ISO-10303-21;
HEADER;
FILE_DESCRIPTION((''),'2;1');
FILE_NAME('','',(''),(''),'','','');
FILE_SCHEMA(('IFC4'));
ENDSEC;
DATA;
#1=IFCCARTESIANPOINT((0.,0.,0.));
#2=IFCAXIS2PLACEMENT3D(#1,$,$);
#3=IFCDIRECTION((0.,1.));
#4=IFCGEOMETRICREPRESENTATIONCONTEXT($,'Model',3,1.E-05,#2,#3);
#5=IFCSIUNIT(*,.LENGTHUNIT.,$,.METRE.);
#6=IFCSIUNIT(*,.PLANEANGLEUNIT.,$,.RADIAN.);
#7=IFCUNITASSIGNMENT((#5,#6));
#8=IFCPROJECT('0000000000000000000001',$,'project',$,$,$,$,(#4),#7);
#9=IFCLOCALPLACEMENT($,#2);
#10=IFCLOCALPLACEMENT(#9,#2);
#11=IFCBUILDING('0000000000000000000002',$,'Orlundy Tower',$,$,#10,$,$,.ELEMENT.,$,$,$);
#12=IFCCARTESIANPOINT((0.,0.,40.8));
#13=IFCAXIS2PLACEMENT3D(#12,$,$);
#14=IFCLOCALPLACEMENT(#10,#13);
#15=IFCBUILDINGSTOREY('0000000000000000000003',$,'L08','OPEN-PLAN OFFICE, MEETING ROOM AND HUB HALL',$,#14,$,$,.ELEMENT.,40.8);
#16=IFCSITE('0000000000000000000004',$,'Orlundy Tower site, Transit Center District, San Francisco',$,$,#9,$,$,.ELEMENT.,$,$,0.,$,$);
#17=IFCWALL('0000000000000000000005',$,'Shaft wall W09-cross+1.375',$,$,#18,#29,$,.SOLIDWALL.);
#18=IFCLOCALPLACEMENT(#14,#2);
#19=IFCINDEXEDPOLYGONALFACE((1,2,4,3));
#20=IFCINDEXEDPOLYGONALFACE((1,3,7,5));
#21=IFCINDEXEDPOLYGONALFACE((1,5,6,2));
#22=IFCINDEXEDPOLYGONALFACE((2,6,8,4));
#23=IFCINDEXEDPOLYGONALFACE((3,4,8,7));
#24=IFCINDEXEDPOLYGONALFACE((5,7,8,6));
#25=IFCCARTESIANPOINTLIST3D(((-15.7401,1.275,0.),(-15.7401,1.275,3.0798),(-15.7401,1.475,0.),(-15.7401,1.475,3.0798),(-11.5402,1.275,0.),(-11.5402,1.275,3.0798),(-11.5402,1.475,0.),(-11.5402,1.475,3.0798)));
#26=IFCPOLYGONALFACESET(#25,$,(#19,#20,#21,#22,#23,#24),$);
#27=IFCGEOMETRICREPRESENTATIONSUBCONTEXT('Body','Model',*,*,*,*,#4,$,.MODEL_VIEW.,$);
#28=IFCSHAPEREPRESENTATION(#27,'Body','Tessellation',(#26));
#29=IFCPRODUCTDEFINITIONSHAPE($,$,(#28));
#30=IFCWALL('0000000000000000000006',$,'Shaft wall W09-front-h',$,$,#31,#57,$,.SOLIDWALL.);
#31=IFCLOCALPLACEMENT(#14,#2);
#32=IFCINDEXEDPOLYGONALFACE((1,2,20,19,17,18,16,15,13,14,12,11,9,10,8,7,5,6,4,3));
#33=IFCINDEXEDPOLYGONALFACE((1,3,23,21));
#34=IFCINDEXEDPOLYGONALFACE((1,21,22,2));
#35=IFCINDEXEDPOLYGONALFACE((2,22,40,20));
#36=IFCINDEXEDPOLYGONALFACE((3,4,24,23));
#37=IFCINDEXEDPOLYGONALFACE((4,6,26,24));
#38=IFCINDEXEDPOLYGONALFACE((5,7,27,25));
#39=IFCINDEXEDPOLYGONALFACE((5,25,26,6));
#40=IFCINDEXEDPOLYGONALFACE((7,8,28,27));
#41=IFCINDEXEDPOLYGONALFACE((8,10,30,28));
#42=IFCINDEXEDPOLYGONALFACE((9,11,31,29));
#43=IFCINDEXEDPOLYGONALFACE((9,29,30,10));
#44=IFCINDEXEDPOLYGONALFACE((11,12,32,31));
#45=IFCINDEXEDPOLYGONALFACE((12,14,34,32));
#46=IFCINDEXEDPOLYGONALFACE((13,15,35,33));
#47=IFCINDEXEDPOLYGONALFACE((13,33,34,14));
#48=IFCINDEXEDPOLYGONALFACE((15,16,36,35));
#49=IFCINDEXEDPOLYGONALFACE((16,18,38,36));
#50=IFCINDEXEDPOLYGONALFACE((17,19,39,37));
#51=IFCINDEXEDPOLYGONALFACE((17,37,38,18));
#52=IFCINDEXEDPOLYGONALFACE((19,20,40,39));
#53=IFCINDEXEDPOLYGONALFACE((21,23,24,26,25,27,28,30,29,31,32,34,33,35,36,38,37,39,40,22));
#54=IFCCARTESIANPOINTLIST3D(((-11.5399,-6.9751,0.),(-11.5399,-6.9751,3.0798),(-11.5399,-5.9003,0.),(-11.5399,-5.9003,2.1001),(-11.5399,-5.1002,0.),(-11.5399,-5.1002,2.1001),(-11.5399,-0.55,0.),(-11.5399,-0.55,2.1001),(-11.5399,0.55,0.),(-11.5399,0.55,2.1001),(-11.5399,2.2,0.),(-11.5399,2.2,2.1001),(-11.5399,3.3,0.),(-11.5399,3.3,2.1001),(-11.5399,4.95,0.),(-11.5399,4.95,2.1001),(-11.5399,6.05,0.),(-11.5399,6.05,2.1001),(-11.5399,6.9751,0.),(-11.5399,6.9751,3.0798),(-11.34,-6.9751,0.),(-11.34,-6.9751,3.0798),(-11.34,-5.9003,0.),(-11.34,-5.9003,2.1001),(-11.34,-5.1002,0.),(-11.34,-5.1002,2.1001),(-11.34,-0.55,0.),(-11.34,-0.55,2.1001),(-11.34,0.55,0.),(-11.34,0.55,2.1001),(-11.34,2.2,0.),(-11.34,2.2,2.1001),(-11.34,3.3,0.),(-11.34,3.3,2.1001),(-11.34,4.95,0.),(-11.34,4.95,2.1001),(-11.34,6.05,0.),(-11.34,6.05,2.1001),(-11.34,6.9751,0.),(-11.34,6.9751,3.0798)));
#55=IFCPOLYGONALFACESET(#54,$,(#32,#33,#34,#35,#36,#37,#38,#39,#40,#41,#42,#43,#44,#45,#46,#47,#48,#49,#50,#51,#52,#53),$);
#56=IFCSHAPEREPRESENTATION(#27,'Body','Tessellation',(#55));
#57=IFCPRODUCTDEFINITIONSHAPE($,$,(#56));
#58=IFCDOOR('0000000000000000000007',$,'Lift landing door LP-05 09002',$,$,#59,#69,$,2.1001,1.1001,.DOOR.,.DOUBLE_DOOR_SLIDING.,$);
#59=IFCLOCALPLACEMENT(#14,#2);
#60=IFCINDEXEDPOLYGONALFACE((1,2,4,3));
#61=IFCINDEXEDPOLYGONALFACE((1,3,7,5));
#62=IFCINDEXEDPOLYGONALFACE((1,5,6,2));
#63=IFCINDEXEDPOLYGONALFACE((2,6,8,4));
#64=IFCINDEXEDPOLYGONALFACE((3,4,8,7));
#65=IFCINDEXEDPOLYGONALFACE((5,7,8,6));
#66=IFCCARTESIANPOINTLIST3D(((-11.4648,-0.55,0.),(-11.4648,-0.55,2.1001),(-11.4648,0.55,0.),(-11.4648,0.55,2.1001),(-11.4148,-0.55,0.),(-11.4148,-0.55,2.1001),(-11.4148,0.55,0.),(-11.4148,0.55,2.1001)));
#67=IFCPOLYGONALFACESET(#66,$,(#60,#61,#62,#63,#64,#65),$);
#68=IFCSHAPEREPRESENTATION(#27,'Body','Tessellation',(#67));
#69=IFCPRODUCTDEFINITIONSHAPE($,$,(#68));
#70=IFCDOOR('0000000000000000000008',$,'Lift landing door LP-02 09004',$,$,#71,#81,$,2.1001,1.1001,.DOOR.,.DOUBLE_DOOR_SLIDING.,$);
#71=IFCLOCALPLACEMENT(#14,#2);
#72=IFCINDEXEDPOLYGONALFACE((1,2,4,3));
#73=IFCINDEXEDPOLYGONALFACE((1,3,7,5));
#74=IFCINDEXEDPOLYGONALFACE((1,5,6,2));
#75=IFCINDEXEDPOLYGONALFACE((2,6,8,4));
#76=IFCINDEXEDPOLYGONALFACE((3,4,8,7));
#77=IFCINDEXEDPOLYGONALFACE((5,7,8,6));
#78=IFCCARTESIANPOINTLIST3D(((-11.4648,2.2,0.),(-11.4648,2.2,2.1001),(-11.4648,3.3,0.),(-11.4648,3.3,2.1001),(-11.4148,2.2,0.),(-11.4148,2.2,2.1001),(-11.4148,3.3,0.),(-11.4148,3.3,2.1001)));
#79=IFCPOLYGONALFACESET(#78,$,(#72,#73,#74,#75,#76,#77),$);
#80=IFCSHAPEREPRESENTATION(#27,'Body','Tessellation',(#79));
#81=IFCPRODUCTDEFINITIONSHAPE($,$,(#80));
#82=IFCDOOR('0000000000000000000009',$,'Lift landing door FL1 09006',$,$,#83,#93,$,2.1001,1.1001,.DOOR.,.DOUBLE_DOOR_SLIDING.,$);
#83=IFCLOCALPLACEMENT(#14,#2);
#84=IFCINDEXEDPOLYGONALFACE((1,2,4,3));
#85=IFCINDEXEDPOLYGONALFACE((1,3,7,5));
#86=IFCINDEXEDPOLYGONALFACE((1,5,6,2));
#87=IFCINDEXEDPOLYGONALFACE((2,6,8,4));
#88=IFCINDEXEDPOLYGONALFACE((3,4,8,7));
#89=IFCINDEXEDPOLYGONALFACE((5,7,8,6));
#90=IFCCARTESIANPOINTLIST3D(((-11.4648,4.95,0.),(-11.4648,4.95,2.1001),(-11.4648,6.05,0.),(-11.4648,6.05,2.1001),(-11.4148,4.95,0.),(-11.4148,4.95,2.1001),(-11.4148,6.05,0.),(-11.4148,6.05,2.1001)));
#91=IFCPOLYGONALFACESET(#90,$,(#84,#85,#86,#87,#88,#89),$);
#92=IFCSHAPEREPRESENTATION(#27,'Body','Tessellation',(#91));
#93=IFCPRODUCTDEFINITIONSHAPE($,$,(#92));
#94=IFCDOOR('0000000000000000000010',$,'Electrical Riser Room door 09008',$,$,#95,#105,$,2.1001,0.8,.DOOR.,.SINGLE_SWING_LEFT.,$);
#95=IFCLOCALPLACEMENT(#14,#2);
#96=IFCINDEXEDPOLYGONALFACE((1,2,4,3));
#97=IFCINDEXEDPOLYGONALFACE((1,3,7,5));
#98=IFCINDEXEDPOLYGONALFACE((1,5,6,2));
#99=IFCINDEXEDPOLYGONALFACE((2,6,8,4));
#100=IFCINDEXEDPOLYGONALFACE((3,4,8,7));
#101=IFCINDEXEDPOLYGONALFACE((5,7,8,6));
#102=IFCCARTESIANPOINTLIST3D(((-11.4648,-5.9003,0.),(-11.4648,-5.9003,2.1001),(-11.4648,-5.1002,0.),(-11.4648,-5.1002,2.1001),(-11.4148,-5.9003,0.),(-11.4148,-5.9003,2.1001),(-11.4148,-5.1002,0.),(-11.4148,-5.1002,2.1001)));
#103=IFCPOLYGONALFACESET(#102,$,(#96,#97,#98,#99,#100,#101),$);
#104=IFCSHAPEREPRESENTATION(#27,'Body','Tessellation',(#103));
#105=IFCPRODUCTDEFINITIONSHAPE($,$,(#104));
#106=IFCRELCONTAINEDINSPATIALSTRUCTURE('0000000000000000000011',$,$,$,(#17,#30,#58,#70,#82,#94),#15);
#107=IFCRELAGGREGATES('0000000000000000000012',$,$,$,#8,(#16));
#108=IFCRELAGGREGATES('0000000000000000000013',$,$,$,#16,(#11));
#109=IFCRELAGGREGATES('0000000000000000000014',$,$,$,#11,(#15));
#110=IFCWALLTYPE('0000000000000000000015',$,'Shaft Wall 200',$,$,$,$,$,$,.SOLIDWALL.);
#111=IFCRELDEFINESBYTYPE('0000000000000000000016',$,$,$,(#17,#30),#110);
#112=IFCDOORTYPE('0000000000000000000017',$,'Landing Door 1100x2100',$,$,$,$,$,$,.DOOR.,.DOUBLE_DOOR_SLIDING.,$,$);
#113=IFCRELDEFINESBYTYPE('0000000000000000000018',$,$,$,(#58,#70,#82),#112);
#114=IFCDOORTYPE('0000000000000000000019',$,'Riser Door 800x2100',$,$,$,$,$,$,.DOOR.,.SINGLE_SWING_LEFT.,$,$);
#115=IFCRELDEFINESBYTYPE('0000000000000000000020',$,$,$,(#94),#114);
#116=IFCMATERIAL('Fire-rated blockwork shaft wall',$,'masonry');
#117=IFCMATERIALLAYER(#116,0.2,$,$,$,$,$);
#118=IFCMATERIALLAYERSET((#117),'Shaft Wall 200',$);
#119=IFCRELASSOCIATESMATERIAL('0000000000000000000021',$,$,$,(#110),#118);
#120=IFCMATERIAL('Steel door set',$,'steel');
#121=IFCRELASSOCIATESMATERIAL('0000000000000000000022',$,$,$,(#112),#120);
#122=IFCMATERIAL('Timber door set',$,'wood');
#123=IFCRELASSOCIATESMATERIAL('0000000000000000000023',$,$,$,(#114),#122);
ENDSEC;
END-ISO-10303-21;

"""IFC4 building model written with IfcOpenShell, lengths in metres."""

from ifc_helpers import new_model, si_unit, direction, frame, frame_2d, origin, place, context, subcontext, project, spatial, rectangle, extrude, material, layer, layer_set, type_object, element, fill, save


model = new_model("IFC4")

# Units and contexts
model_context = context("Model", 3, precision=1e-05, world=origin(), true_north=direction((0.0, 1.0)))
body_context = subcontext(model_context, "Body", "Model", "MODEL_VIEW")
ifc_project = project(units=[si_unit("LENGTHUNIT", "METRE"), si_unit("PLANEANGLEUNIT", "RADIAN")], contexts=[model_context])

# Site, building, storey
site_placement = place(None, origin())
site = spatial("IfcSite", under=ifc_project, at=site_placement, Name="Orlundy Tower site, Transit Center District, San Francisco", CompositionType="ELEMENT", RefElevation=0.0)
building_placement = place(site_placement, origin())
building = spatial("IfcBuilding", under=site, at=building_placement, Name="Orlundy Tower", CompositionType="ELEMENT")
storey_placement = place(building_placement, frame((0.0, 0.0, 40.8)))
storey = spatial("IfcBuildingStorey", under=building, at=storey_placement, Name="L08", Description="OPEN-PLAN OFFICE, MEETING ROOM AND HUB HALL", CompositionType="ELEMENT", Elevation=40.8)

# Wall
ifc_material_1 = material(Name="Fire-rated blockwork shaft wall", Category="masonry")
ifc_layer_1 = layer(ifc_material_1, 0.2)
ifc_layer_set_1 = layer_set([ifc_layer_1], Name="Shaft Wall 200")
wall_type_1 = type_object("IfcWallType", Name="Shaft Wall 200", PredefinedType="SOLIDWALL", material=ifc_layer_set_1)
wall_1_placement = place(storey_placement, frame((-11.54, 1.375, 0.0), z_axis=(0.0, 0.0, 1.0), x_axis=(-1.0, 0.0, 0.0)))
element("IfcWall", 1, at=wall_1_placement, inside=storey, type_object=wall_type_1, Name="Shaft wall W09-cross+1.375", PredefinedType="SOLIDWALL", context=body_context, shape_type="SweptSolid", body=[
    extrude(rectangle(XDim=4.2, YDim=0.2, at=frame_2d((2.1001, 0.0))), origin(), (0.0, 0.0, 1.0), 3.0798),
])

# Wall, openings, doors
wall_2_placement = place(storey_placement, frame((-11.4399, -6.9751, 0.0), z_axis=(0.0, 0.0, 1.0), x_axis=(0.0, 1.0, 0.0)))
wall_2 = element("IfcWall", 2, at=wall_2_placement, inside=storey, type_object=wall_type_1, Name="Shaft wall W09-front-h", PredefinedType="SOLIDWALL", context=body_context, shape_type="SweptSolid", body=[
    extrude(rectangle(XDim=13.9502, YDim=0.2, at=frame_2d((6.9751, 0.0))), origin(), (0.0, 0.0, 1.0), 3.0798),
])
opening_1_placement = place(wall_2_placement, frame((6.425, 0.0, 0.0)))
opening_1 = element("IfcOpeningElement", 3, at=opening_1_placement, cuts=wall_2, PredefinedType="OPENING", context=body_context, shape_type="SweptSolid", body=[
    extrude(rectangle(XDim=1.1001, YDim=2.1001, at=frame_2d((0.55, 1.05))), frame((0.0, 0.1101, 0.0), z_axis=(0.0, -1.0, 0.0), x_axis=(1.0, 0.0, 0.0)), (0.0, 0.0, 1.0), 0.2202),
])
opening_2_placement = place(wall_2_placement, frame((9.175, 0.0, 0.0)))
opening_2 = element("IfcOpeningElement", 4, at=opening_2_placement, cuts=wall_2, PredefinedType="OPENING", context=body_context, shape_type="SweptSolid", body=[
    extrude(rectangle(XDim=1.1001, YDim=2.1001, at=frame_2d((0.55, 1.05))), frame((0.0, 0.1101, 0.0), z_axis=(0.0, -1.0, 0.0), x_axis=(1.0, 0.0, 0.0)), (0.0, 0.0, 1.0), 0.2202),
])
opening_3_placement = place(wall_2_placement, frame((11.925, 0.0, 0.0)))
opening_3 = element("IfcOpeningElement", 5, at=opening_3_placement, cuts=wall_2, PredefinedType="OPENING", context=body_context, shape_type="SweptSolid", body=[
    extrude(rectangle(XDim=1.1001, YDim=2.1001, at=frame_2d((0.55, 1.05))), frame((0.0, 0.1101, 0.0), z_axis=(0.0, -1.0, 0.0), x_axis=(1.0, 0.0, 0.0)), (0.0, 0.0, 1.0), 0.2202),
])
opening_4_placement = place(wall_2_placement, frame((1.075, 0.0, 0.0)))
opening_4 = element("IfcOpeningElement", 6, at=opening_4_placement, cuts=wall_2, PredefinedType="OPENING", context=body_context, shape_type="SweptSolid", body=[
    extrude(rectangle(XDim=0.8, YDim=2.1001, at=frame_2d((0.3999, 1.05))), frame((0.0, 0.1101, 0.0), z_axis=(0.0, -1.0, 0.0), x_axis=(1.0, 0.0, 0.0)), (0.0, 0.0, 1.0), 0.2202),
])
ifc_material_2 = material(Name="Steel door set", Category="steel")
door_type_1 = type_object("IfcDoorType", Name="Landing Door 1100x2100", OperationType="DOUBLE_DOOR_SLIDING", PredefinedType="DOOR", material=ifc_material_2)
door_1_placement = place(opening_1_placement, origin())
door_1 = element("IfcDoor", 7, at=door_1_placement, inside=storey, type_object=door_type_1, Name="Lift landing door LP-05 09002", OperationType="DOUBLE_DOOR_SLIDING", OverallHeight=2.1001, OverallWidth=1.1001, PredefinedType="DOOR", context=body_context, shape_type="SweptSolid", body=[
    extrude(rectangle(XDim=1.1001, YDim=2.1001, at=frame_2d((0.55, 1.05))), frame((0.0, 0.0249, 0.0), z_axis=(0.0, -1.0, 0.0), x_axis=(1.0, 0.0, 0.0)), (0.0, 0.0, 1.0), 0.05),
])
fill(opening_1, door_1)
door_2_placement = place(opening_2_placement, origin())
door_2 = element("IfcDoor", 8, at=door_2_placement, inside=storey, type_object=door_type_1, Name="Lift landing door LP-02 09004", OperationType="DOUBLE_DOOR_SLIDING", OverallHeight=2.1001, OverallWidth=1.1001, PredefinedType="DOOR", context=body_context, shape_type="SweptSolid", body=[
    extrude(rectangle(XDim=1.1001, YDim=2.1001, at=frame_2d((0.55, 1.05))), frame((0.0, 0.0249, 0.0), z_axis=(0.0, -1.0, 0.0), x_axis=(1.0, 0.0, 0.0)), (0.0, 0.0, 1.0), 0.05),
])
fill(opening_2, door_2)
door_3_placement = place(opening_3_placement, origin())
door_3 = element("IfcDoor", 9, at=door_3_placement, inside=storey, type_object=door_type_1, Name="Lift landing door FL1 09006", OperationType="DOUBLE_DOOR_SLIDING", OverallHeight=2.1001, OverallWidth=1.1001, PredefinedType="DOOR", context=body_context, shape_type="SweptSolid", body=[
    extrude(rectangle(XDim=1.1001, YDim=2.1001, at=frame_2d((0.55, 1.05))), frame((0.0, 0.0249, 0.0), z_axis=(0.0, -1.0, 0.0), x_axis=(1.0, 0.0, 0.0)), (0.0, 0.0, 1.0), 0.05),
])
fill(opening_3, door_3)
ifc_material_3 = material(Name="Timber door set", Category="wood")
door_type_2 = type_object("IfcDoorType", Name="Riser Door 800x2100", OperationType="SINGLE_SWING_LEFT", PredefinedType="DOOR", material=ifc_material_3)
door_4_placement = place(opening_4_placement, origin())
door_4 = element("IfcDoor", 10, at=door_4_placement, inside=storey, type_object=door_type_2, Name="Electrical Riser Room door 09008", OperationType="SINGLE_SWING_LEFT", OverallHeight=2.1001, OverallWidth=0.8, PredefinedType="DOOR", context=body_context, shape_type="SweptSolid", body=[
    extrude(rectangle(XDim=0.8, YDim=2.1001, at=frame_2d((0.3999, 1.05))), frame((0.0, 0.0249, 0.0), z_axis=(0.0, -1.0, 0.0), x_axis=(1.0, 0.0, 0.0)), (0.0, 0.0, 1.0), 0.05),
])
fill(opening_4, door_4)

save(model, "model.ifc")
